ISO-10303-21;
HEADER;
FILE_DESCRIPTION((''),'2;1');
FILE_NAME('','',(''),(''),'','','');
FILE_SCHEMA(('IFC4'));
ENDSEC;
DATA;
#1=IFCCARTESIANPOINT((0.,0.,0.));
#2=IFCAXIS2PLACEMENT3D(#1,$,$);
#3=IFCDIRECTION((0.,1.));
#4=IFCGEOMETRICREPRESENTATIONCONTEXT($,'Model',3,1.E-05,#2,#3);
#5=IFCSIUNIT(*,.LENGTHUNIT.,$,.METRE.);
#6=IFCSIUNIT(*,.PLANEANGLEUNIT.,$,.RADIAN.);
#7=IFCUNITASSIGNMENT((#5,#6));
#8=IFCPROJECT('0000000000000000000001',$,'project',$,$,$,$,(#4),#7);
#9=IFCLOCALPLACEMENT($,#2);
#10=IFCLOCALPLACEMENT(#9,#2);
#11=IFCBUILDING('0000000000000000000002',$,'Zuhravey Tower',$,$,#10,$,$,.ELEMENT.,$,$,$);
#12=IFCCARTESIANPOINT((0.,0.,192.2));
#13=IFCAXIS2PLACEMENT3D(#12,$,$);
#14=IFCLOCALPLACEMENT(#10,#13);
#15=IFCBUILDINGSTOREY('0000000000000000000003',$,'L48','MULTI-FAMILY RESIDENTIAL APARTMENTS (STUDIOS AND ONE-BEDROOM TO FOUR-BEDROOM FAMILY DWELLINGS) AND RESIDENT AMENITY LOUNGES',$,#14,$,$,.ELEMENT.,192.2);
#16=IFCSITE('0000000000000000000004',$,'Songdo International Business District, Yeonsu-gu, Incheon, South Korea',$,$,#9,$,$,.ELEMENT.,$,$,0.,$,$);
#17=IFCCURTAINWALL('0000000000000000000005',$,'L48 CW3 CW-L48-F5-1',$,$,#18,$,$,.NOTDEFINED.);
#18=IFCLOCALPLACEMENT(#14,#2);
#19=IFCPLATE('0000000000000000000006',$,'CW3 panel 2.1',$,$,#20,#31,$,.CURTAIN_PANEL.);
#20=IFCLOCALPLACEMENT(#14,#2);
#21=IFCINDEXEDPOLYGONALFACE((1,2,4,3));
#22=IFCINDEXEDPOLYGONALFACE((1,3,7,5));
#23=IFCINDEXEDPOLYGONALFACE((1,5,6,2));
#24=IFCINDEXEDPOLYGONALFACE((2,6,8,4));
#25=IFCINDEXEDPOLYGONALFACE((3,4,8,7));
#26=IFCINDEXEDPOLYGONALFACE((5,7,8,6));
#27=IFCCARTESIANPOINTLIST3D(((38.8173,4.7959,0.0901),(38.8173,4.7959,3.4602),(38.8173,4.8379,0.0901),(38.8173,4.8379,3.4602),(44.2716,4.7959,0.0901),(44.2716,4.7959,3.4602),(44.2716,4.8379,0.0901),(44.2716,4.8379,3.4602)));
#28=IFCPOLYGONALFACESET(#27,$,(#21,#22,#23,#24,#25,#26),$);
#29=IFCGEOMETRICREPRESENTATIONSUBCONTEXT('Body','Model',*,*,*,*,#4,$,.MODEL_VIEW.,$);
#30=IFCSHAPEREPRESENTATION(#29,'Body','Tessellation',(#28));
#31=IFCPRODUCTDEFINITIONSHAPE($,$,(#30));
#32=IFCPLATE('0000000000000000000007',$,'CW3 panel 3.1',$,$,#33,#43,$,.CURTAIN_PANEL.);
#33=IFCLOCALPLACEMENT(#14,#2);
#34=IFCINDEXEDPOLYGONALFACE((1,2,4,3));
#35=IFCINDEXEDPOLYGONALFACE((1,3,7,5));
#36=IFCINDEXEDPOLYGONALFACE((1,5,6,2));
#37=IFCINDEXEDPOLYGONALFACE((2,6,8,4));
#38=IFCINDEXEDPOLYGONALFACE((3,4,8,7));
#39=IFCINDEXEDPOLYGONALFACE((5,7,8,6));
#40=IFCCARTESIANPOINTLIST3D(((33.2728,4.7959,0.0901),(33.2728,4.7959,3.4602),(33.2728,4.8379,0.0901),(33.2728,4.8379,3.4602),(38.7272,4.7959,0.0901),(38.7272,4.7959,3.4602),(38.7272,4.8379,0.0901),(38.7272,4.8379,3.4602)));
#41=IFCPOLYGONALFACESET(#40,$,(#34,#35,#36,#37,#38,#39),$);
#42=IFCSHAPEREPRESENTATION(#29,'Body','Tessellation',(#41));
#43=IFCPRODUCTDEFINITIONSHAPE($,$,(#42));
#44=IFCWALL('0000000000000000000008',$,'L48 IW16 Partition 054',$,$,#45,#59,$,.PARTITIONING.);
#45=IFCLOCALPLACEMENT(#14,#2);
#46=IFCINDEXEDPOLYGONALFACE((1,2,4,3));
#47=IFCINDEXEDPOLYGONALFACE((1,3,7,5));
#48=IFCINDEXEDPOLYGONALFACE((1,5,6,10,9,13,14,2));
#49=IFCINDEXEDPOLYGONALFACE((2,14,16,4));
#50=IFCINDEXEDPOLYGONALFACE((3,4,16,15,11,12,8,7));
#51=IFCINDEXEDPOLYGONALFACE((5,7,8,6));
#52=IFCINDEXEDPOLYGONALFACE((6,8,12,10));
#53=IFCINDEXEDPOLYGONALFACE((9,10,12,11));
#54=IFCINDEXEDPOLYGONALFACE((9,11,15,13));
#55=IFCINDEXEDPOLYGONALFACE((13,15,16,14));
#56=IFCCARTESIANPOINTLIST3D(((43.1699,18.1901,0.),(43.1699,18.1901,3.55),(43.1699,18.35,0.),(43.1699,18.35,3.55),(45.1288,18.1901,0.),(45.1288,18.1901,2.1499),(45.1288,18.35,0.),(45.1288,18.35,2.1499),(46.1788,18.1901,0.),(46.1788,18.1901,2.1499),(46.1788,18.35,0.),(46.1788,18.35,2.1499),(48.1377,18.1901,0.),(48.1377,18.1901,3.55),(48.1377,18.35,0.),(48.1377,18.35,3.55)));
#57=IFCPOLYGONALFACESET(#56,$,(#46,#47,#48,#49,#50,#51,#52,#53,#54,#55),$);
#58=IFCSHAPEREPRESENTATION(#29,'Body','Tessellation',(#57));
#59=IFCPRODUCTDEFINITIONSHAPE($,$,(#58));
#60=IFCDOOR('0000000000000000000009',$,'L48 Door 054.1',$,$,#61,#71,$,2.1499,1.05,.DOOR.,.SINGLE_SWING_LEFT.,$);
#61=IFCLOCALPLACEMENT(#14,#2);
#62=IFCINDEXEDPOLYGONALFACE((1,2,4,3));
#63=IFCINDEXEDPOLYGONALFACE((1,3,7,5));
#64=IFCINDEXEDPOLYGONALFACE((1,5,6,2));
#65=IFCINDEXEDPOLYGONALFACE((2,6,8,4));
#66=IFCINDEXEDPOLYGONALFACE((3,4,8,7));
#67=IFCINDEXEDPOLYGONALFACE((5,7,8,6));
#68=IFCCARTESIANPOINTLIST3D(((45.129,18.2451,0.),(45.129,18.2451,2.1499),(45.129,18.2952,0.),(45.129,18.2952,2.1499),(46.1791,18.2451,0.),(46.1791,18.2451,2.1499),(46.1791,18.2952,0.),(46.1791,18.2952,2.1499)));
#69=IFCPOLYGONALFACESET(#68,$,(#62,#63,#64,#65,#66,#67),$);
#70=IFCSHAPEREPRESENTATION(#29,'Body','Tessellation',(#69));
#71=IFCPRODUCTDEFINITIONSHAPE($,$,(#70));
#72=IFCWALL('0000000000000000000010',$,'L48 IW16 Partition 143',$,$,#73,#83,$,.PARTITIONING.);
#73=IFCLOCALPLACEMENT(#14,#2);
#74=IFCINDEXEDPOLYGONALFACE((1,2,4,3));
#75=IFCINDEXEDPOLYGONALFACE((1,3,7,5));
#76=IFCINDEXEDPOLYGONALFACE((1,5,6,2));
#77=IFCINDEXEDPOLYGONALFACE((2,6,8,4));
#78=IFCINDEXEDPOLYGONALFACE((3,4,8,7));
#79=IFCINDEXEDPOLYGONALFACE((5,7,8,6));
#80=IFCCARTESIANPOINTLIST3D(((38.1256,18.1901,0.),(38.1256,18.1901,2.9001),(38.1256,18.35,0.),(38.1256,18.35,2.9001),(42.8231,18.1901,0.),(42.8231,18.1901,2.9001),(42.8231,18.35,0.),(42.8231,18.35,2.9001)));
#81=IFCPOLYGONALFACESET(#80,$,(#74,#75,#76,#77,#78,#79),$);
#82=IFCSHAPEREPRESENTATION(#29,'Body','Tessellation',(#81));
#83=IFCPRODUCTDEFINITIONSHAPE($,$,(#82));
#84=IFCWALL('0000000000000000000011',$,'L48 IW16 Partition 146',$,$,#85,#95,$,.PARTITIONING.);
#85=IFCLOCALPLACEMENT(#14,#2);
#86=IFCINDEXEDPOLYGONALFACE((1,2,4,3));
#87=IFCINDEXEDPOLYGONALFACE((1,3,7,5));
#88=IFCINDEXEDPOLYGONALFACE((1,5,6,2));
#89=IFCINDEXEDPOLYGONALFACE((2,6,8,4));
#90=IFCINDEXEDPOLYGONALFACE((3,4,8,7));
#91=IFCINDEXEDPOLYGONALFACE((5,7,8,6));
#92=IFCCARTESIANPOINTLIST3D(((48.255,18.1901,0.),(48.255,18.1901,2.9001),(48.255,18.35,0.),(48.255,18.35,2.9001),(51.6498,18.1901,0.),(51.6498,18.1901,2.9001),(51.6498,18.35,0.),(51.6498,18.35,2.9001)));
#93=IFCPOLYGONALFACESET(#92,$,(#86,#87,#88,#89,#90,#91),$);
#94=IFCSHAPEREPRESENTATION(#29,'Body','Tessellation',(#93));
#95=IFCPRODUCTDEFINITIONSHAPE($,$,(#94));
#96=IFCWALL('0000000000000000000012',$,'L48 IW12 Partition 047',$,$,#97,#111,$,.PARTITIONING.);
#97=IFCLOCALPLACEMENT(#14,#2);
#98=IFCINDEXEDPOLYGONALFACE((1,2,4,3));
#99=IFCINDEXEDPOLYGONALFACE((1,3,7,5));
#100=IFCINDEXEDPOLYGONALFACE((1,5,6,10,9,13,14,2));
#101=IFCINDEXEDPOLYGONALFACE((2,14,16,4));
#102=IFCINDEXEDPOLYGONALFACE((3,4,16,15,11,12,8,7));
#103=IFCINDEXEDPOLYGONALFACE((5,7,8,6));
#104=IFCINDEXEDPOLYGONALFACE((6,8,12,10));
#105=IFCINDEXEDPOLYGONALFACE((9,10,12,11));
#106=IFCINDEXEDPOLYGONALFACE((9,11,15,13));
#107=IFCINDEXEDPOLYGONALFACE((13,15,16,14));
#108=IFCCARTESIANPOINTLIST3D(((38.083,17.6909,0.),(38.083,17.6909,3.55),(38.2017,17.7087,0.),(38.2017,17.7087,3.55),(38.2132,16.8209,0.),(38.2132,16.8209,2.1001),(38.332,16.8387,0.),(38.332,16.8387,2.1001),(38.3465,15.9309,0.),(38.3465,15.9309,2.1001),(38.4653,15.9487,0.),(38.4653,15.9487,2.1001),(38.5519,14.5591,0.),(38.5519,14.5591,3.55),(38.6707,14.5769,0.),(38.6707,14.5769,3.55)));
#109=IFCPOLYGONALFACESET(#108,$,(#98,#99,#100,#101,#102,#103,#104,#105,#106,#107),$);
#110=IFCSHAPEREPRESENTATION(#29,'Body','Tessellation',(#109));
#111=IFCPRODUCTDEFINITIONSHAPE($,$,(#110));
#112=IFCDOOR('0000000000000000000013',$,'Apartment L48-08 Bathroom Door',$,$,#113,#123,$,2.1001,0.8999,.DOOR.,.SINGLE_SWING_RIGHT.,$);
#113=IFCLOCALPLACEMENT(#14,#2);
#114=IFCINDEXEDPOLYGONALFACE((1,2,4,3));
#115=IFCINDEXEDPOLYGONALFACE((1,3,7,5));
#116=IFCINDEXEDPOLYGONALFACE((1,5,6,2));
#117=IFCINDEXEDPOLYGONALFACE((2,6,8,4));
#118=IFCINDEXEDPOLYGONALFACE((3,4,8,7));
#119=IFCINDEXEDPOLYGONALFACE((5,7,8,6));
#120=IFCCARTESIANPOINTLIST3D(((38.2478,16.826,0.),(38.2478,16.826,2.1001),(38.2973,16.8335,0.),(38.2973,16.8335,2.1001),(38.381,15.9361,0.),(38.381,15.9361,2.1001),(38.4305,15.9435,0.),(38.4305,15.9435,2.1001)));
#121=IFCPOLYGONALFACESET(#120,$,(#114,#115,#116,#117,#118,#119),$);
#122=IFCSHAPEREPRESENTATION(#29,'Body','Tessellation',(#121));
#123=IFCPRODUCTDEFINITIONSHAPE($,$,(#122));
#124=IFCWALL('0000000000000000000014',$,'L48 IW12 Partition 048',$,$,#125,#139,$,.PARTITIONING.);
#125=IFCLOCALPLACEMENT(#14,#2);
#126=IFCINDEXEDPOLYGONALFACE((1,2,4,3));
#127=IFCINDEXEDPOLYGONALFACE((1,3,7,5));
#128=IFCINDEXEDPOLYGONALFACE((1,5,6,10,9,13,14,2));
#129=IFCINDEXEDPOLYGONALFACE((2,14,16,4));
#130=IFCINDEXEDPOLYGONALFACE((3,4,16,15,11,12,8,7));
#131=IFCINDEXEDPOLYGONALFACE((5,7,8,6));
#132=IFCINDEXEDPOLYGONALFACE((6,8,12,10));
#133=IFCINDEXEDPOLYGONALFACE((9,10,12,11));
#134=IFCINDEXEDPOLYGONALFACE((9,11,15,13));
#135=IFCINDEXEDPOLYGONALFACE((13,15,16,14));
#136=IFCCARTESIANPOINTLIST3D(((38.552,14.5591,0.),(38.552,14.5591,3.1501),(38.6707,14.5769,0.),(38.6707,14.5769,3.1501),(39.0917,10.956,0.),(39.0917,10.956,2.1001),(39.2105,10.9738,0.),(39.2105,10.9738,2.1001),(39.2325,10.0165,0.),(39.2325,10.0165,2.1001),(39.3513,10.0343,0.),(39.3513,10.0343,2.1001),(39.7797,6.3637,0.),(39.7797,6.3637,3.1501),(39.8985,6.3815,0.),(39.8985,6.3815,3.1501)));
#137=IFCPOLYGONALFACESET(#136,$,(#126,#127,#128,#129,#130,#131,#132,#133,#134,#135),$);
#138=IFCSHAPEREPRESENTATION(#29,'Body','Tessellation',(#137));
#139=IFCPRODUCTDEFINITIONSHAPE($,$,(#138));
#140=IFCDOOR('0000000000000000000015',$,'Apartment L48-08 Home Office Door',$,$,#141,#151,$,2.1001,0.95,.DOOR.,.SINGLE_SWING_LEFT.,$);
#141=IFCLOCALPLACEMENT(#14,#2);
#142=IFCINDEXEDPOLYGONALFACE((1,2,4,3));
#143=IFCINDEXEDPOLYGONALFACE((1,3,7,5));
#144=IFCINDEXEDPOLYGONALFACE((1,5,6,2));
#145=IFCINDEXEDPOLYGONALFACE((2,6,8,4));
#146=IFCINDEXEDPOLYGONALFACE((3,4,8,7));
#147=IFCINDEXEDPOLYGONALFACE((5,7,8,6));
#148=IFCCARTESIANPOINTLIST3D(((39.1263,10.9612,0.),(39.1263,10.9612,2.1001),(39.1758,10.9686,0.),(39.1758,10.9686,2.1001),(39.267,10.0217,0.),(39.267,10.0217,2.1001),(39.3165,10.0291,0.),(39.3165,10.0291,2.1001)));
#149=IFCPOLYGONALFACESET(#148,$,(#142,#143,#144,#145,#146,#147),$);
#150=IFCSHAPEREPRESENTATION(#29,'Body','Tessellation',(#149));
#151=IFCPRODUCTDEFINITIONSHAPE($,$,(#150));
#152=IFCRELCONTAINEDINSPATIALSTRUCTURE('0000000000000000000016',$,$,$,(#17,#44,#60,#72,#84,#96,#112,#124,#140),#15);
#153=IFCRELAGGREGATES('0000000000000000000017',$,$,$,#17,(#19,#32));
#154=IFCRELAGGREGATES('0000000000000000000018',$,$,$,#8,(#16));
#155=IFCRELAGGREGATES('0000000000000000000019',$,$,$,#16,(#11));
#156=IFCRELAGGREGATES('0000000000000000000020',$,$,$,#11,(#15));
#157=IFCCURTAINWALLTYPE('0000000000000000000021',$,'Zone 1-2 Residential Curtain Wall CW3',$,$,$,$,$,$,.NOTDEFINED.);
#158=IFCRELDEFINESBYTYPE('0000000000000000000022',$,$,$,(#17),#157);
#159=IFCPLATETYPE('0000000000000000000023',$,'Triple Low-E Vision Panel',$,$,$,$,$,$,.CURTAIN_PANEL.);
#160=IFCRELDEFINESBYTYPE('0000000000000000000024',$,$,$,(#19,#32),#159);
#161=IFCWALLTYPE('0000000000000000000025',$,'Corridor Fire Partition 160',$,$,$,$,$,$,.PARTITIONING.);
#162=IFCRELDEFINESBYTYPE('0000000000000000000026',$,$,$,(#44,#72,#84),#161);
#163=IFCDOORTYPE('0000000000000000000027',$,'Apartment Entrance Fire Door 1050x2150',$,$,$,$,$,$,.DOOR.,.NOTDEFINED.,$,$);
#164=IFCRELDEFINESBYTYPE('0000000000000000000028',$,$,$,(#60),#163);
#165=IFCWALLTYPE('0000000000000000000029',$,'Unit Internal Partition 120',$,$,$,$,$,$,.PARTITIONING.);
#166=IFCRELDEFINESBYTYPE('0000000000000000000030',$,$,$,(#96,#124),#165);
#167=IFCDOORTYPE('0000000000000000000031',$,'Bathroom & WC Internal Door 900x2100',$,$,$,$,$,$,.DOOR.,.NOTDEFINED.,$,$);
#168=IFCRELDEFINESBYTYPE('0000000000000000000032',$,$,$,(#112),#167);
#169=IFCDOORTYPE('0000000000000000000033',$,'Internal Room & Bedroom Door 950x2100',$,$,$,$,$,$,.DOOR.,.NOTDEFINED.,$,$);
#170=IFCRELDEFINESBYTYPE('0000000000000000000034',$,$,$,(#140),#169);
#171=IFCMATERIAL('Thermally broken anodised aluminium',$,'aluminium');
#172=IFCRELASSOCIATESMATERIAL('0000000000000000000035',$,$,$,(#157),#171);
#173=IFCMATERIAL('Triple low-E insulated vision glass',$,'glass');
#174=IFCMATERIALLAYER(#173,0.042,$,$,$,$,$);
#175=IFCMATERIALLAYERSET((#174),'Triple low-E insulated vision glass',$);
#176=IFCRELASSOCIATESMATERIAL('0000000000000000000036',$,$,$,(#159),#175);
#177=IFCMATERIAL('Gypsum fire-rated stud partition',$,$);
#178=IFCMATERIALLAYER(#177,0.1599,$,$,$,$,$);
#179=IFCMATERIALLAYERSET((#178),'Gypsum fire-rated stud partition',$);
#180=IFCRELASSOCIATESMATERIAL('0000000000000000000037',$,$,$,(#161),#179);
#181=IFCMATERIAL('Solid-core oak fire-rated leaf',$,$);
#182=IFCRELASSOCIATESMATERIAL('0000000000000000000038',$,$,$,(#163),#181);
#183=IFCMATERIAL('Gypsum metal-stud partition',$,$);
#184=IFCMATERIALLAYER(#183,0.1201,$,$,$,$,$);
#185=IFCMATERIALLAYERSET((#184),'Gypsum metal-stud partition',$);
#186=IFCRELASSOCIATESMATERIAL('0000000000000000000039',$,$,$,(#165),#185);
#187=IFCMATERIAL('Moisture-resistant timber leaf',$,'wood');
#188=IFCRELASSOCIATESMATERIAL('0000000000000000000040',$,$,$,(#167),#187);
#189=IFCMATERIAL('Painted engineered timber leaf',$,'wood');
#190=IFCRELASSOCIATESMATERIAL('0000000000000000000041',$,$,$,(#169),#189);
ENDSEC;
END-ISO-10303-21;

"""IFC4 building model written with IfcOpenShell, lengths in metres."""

from ifc_helpers import new_model, si_unit, direction, frame, frame_2d, origin, origin_2d, place, context, subcontext, project, spatial, rectangle, extrude, material, layer, layer_set, type_object, element, fill, aggregate, save


model = new_model("IFC4")

# Units and contexts
model_context = context("Model", 3, precision=1e-05, world=origin(), true_north=direction((0.0, 1.0)))
body_context = subcontext(model_context, "Body", "Model", "MODEL_VIEW")
ifc_project = project(units=[si_unit("LENGTHUNIT", "METRE"), si_unit("PLANEANGLEUNIT", "RADIAN")], contexts=[model_context])

# Site, building, storey
site_placement = place(None, origin())
site = spatial("IfcSite", under=ifc_project, at=site_placement, Name="Songdo International Business District, Yeonsu-gu, Incheon, South Korea", CompositionType="ELEMENT", RefElevation=0.0)
building_placement = place(site_placement, origin())
building = spatial("IfcBuilding", under=site, at=building_placement, Name="Zuhravey Tower", CompositionType="ELEMENT")
storey_placement = place(building_placement, frame((0.0, 0.0, 192.2)))
storey = spatial("IfcBuildingStorey", under=building, at=storey_placement, Name="L48", Description="MULTI-FAMILY RESIDENTIAL APARTMENTS (STUDIOS AND ONE-BEDROOM TO FOUR-BEDROOM FAMILY DWELLINGS) AND RESIDENT AMENITY LOUNGES", CompositionType="ELEMENT", Elevation=192.2)

# Curtain wall
ifc_material_1 = material(Name="Thermally broken anodised aluminium", Category="aluminium")
curtain_wall_type = type_object("IfcCurtainWallType", Name="Zone 1-2 Residential Curtain Wall CW3", PredefinedType="NOTDEFINED", material=ifc_material_1)
curtain_wall_placement = place(storey_placement, origin())
curtain_wall = element("IfcCurtainWall", 1, at=curtain_wall_placement, inside=storey, type_object=curtain_wall_type, Name="L48 CW3 CW-L48-F5-1", PredefinedType="NOTDEFINED")

# Plates
ifc_material_2 = material(Name="Triple low-E insulated vision glass", Category="glass")
ifc_layer_1 = layer(ifc_material_2, 0.042)
ifc_layer_set_1 = layer_set([ifc_layer_1], Name="Triple low-E insulated vision glass")
plate_type_1 = type_object("IfcPlateType", Name="Triple Low-E Vision Panel", PredefinedType="CURTAIN_PANEL", material=ifc_layer_set_1)
plate_1_placement = place(storey_placement, frame((41.5444, 4.8169, 0.0901), z_axis=(0.0, 0.0, 1.0), x_axis=(-1.0, 0.0, 0.0)))
plate_1 = element("IfcPlate", 2, at=plate_1_placement, type_object=plate_type_1, Name="CW3 panel 2.1", PredefinedType="CURTAIN_PANEL", context=body_context, shape_type="SweptSolid", body=[
    extrude(rectangle(XDim=5.4543, YDim=0.042, at=origin_2d()), origin(), (0.0, 0.0, 1.0), 3.3701),
])
plate_2_placement = place(storey_placement, frame((36.0, 4.8169, 0.0901), z_axis=(0.0, 0.0, 1.0), x_axis=(-1.0, 0.0, 0.0)))
plate_2 = element("IfcPlate", 3, at=plate_2_placement, type_object=plate_type_1, Name="CW3 panel 3.1", PredefinedType="CURTAIN_PANEL", context=body_context, shape_type="SweptSolid", body=[
    extrude(rectangle(XDim=5.4543, YDim=0.042, at=origin_2d()), origin(), (0.0, 0.0, 1.0), 3.3701),
])
aggregate(curtain_wall, [plate_1, plate_2])

# Wall, opening, door
ifc_material_3 = material(Name="Gypsum fire-rated stud partition")
ifc_layer_2 = layer(ifc_material_3, 0.1599)
ifc_layer_set_2 = layer_set([ifc_layer_2], Name="Gypsum fire-rated stud partition")
wall_type_1 = type_object("IfcWallType", Name="Corridor Fire Partition 160", PredefinedType="PARTITIONING", material=ifc_layer_set_2)
ifc_material_4 = material(Name="Solid-core oak fire-rated leaf")
door_type_1 = type_object("IfcDoorType", Name="Apartment Entrance Fire Door 1050x2150", OperationType="NOTDEFINED", PredefinedType="DOOR", material=ifc_material_4)
wall_1_placement = place(storey_placement, frame((43.1699, 18.27, 0.0), z_axis=(0.0, 0.0, 1.0), x_axis=(1.0, 0.0, 0.0)))
wall_1 = element("IfcWall", 4, at=wall_1_placement, inside=storey, type_object=wall_type_1, Name="L48 IW16 Partition 054", PredefinedType="PARTITIONING", context=body_context, shape_type="SweptSolid", body=[
    extrude(rectangle(XDim=4.9678, YDim=0.1599, at=frame_2d((2.4839, 0.0))), origin(), (0.0, 0.0, 1.0), 3.55),
])
opening_1_placement = place(wall_1_placement, frame((1.959, 0.0, 0.0)))
opening_1 = element("IfcOpeningElement", 5, at=opening_1_placement, cuts=wall_1, PredefinedType="OPENING", context=body_context, shape_type="SweptSolid", body=[
    extrude(rectangle(XDim=1.05, YDim=2.1499, at=frame_2d((0.5249, 1.075))), frame((0.0, 0.092, 0.0), z_axis=(0.0, -1.0, 0.0), x_axis=(1.0, 0.0, 0.0)), (0.0, 0.0, 1.0), 0.1838),
])
door_1_placement = place(opening_1_placement, frame((1.05, 0.0, 0.0), z_axis=(0.0, 0.0, 1.0), x_axis=(-1.0, 0.0, 0.0)))
door_1 = element("IfcDoor", 6, at=door_1_placement, inside=storey, type_object=door_type_1, Name="L48 Door 054.1", OperationType="SINGLE_SWING_LEFT", OverallHeight=2.1499, OverallWidth=1.05, PredefinedType="DOOR", context=body_context, shape_type="SweptSolid", body=[
    extrude(rectangle(XDim=1.05, YDim=2.1499, at=frame_2d((0.5249, 1.075))), frame((0.0, 0.0249, 0.0), z_axis=(0.0, -1.0, 0.0), x_axis=(1.0, 0.0, 0.0)), (0.0, 0.0, 1.0), 0.05),
])
fill(opening_1, door_1)

# Walls
wall_2_placement = place(storey_placement, frame((38.1257, 18.27, 0.0), z_axis=(0.0, 0.0, 1.0), x_axis=(1.0, 0.0, 0.0)))
element("IfcWall", 7, at=wall_2_placement, inside=storey, type_object=wall_type_1, Name="L48 IW16 Partition 143", PredefinedType="PARTITIONING", context=body_context, shape_type="SweptSolid", body=[
    extrude(rectangle(XDim=4.6975, YDim=0.1599, at=frame_2d((2.3486, 0.0))), origin(), (0.0, 0.0, 1.0), 2.9001),
])
wall_3_placement = place(storey_placement, frame((48.2551, 18.27, 0.0), z_axis=(0.0, 0.0, 1.0), x_axis=(1.0, 0.0, 0.0)))
element("IfcWall", 8, at=wall_3_placement, inside=storey, type_object=wall_type_1, Name="L48 IW16 Partition 146", PredefinedType="PARTITIONING", context=body_context, shape_type="SweptSolid", body=[
    extrude(rectangle(XDim=3.3948, YDim=0.1599, at=frame_2d((1.6973, 0.0))), origin(), (0.0, 0.0, 1.0), 2.9001),
])

# Walls, openings, doors
ifc_material_5 = material(Name="Gypsum metal-stud partition")
ifc_layer_3 = layer(ifc_material_5, 0.1201)
ifc_layer_set_3 = layer_set([ifc_layer_3], Name="Gypsum metal-stud partition")
wall_type_2 = type_object("IfcWallType", Name="Unit Internal Partition 120", PredefinedType="PARTITIONING", material=ifc_layer_set_3)
wall_4_placement = place(storey_placement, frame((38.1423, 17.7, 0.0), z_axis=(0.0, 0.0, 1.0), x_axis=(0.148099, -0.988973, 0.0)))
wall_4 = element("IfcWall", 9, at=wall_4_placement, inside=storey, type_object=wall_type_2, Name="L48 IW12 Partition 047", PredefinedType="PARTITIONING", context=body_context, shape_type="SweptSolid", body=[
    extrude(rectangle(XDim=3.1667, YDim=0.1201, at=frame_2d((1.5835, 0.0))), origin(), (0.0, 0.0, 1.0), 3.55),
])
opening_2_placement = place(wall_4_placement, frame((0.8799, 0.0, 0.0)))
opening_2 = element("IfcOpeningElement", 10, at=opening_2_placement, cuts=wall_4, PredefinedType="OPENING", context=body_context, shape_type="SweptSolid", body=[
    extrude(rectangle(XDim=0.8999, YDim=2.1001, at=frame_2d((0.45, 1.05))), frame((0.0, 0.072, 0.0), z_axis=(0.0, -1.0, 0.0), x_axis=(1.0, 0.0, 0.0)), (0.0, 0.0, 1.0), 0.144),
])
ifc_material_6 = material(Name="Moisture-resistant timber leaf", Category="wood")
door_type_2 = type_object("IfcDoorType", Name="Bathroom & WC Internal Door 900x2100", OperationType="NOTDEFINED", PredefinedType="DOOR", material=ifc_material_6)
door_2_placement = place(opening_2_placement, origin())
door_2 = element("IfcDoor", 11, at=door_2_placement, inside=storey, type_object=door_type_2, Name="Apartment L48-08 Bathroom Door", OperationType="SINGLE_SWING_RIGHT", OverallHeight=2.1001, OverallWidth=0.8999, PredefinedType="DOOR", context=body_context, shape_type="SweptSolid", body=[
    extrude(rectangle(XDim=0.8999, YDim=2.1001, at=frame_2d((0.45, 1.05))), frame((0.0, 0.0249, 0.0), z_axis=(0.0, -1.0, 0.0), x_axis=(1.0, 0.0, 0.0)), (0.0, 0.0, 1.0), 0.05),
])
fill(opening_2, door_2)
wall_5_placement = place(storey_placement, frame((38.6113, 14.5681, 0.0), z_axis=(0.0, 0.0, 1.0), x_axis=(0.148162, -0.988963, 0.0)))
wall_5 = element("IfcWall", 12, at=wall_5_placement, inside=storey, type_object=wall_type_2, Name="L48 IW12 Partition 048", PredefinedType="PARTITIONING", context=body_context, shape_type="SweptSolid", body=[
    extrude(rectangle(XDim=8.2869, YDim=0.1201, at=frame_2d((4.1436, 0.0))), origin(), (0.0, 0.0, 1.0), 3.1501),
])
opening_3_placement = place(wall_5_placement, frame((3.6433, 0.0, 0.0)))
opening_3 = element("IfcOpeningElement", 13, at=opening_3_placement, cuts=wall_5, PredefinedType="OPENING", context=body_context, shape_type="SweptSolid", body=[
    extrude(rectangle(XDim=0.95, YDim=2.1001, at=frame_2d((0.4751, 1.05))), frame((0.0, 0.072, 0.0), z_axis=(0.0, -1.0, 0.0), x_axis=(1.0, 0.0, 0.0)), (0.0, 0.0, 1.0), 0.144),
])
ifc_material_7 = material(Name="Painted engineered timber leaf", Category="wood")
door_type_3 = type_object("IfcDoorType", Name="Internal Room & Bedroom Door 950x2100", OperationType="NOTDEFINED", PredefinedType="DOOR", material=ifc_material_7)
door_3_placement = place(opening_3_placement, origin())
door_3 = element("IfcDoor", 14, at=door_3_placement, inside=storey, type_object=door_type_3, Name="Apartment L48-08 Home Office Door", OperationType="SINGLE_SWING_LEFT", OverallHeight=2.1001, OverallWidth=0.95, PredefinedType="DOOR", context=body_context, shape_type="SweptSolid", body=[
    extrude(rectangle(XDim=0.95, YDim=2.1001, at=frame_2d((0.4751, 1.05))), frame((0.0, 0.0249, 0.0), z_axis=(0.0, -1.0, 0.0), x_axis=(1.0, 0.0, 0.0)), (0.0, 0.0, 1.0), 0.05),
])
fill(opening_3, door_3)

save(model, "model.ifc")
